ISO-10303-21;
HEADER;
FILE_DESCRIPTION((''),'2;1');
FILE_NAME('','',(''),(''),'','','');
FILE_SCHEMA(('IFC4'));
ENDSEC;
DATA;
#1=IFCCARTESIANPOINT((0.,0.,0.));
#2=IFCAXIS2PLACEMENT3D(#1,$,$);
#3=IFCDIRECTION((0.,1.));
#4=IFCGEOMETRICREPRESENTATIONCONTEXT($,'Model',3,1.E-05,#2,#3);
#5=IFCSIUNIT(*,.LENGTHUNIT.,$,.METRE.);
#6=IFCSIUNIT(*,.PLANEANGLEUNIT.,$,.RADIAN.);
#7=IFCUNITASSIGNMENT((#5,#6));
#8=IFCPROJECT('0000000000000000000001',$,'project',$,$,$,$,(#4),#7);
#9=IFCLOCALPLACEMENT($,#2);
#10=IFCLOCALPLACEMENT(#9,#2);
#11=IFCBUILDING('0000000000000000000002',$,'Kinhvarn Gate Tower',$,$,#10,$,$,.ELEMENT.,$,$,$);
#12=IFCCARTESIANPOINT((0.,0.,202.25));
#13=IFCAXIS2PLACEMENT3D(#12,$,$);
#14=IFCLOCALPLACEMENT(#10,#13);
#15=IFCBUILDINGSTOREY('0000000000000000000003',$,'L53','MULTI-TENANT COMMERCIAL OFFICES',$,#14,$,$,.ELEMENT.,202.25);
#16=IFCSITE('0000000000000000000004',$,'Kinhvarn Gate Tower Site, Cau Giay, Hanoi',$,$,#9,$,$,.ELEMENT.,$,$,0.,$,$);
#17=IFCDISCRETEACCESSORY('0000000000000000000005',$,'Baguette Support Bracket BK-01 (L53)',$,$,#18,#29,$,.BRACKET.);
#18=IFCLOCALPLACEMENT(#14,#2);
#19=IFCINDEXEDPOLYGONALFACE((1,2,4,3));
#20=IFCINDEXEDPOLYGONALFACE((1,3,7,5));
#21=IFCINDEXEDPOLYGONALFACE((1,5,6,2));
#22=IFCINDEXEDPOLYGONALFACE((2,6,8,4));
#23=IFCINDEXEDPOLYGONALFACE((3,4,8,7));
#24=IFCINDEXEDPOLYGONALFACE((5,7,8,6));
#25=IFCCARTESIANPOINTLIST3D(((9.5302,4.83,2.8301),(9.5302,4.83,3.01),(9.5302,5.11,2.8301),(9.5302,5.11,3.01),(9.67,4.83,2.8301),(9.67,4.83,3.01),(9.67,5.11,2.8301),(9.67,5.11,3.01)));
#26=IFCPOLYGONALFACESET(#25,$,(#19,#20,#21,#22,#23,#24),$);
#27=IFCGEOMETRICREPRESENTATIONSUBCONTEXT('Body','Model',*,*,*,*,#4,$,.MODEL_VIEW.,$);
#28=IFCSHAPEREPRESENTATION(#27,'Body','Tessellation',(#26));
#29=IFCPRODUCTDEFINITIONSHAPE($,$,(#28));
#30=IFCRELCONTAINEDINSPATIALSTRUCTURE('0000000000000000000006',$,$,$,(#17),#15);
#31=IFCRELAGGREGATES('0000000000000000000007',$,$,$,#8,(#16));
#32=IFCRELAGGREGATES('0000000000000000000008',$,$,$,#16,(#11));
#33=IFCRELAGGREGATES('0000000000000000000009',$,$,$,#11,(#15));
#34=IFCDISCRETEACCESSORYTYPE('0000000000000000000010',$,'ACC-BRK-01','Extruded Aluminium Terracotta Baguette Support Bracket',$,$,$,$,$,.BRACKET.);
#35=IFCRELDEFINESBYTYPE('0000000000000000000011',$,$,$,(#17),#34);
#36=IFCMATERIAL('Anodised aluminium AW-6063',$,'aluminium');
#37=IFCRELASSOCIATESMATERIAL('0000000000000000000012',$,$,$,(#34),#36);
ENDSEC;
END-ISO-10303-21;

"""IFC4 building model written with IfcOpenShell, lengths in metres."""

from ifc_helpers import new_model, si_unit, direction, frame, origin, origin_2d, place, context, subcontext, project, spatial, rectangle, extrude, material, type_object, element, save


model = new_model("IFC4")

# Units and contexts
model_context = context("Model", 3, precision=1e-05, world=origin(), true_north=direction((0.0, 1.0)))
body_context = subcontext(model_context, "Body", "Model", "MODEL_VIEW")
ifc_project = project(units=[si_unit("LENGTHUNIT", "METRE"), si_unit("PLANEANGLEUNIT", "RADIAN")], contexts=[model_context])

# Site, building, storey
site_placement = place(None, origin())
site = spatial("IfcSite", under=ifc_project, at=site_placement, Name="Kinhvarn Gate Tower Site, Cau Giay, Hanoi", CompositionType="ELEMENT", RefElevation=0.0)
building_placement = place(site_placement, origin())
building = spatial("IfcBuilding", under=site, at=building_placement, Name="Kinhvarn Gate Tower", CompositionType="ELEMENT")
storey_placement = place(building_placement, frame((0.0, 0.0, 202.25)))
storey = spatial("IfcBuildingStorey", under=building, at=storey_placement, Name="L53", Description="MULTI-TENANT COMMERCIAL OFFICES", CompositionType="ELEMENT", Elevation=202.25)

# Shared definitions
ifc_material_1 = material(Name="Anodised aluminium AW-6063", Category="aluminium")

# Discrete accessory
discrete_accessory_type = type_object("IfcDiscreteAccessoryType", Name="ACC-BRK-01", Description="Extruded Aluminium Terracotta Baguette Support Bracket", PredefinedType="BRACKET", material=ifc_material_1)
discrete_accessory_placement = place(storey_placement, frame((9.6001, 4.97, 2.8301), z_axis=(0.0, 0.0, 1.0), x_axis=(1.0, 0.0, 0.0)))
element("IfcDiscreteAccessory", 1, at=discrete_accessory_placement, inside=storey, type_object=discrete_accessory_type, Name="Baguette Support Bracket BK-01 (L53)", PredefinedType="BRACKET", context=body_context, shape_type="SweptSolid", body=[
    extrude(rectangle(XDim=0.1399, YDim=0.28, at=origin_2d()), origin(), (0.0, 0.0, 1.0), 0.1799),
])

save(model, "model.ifc")
